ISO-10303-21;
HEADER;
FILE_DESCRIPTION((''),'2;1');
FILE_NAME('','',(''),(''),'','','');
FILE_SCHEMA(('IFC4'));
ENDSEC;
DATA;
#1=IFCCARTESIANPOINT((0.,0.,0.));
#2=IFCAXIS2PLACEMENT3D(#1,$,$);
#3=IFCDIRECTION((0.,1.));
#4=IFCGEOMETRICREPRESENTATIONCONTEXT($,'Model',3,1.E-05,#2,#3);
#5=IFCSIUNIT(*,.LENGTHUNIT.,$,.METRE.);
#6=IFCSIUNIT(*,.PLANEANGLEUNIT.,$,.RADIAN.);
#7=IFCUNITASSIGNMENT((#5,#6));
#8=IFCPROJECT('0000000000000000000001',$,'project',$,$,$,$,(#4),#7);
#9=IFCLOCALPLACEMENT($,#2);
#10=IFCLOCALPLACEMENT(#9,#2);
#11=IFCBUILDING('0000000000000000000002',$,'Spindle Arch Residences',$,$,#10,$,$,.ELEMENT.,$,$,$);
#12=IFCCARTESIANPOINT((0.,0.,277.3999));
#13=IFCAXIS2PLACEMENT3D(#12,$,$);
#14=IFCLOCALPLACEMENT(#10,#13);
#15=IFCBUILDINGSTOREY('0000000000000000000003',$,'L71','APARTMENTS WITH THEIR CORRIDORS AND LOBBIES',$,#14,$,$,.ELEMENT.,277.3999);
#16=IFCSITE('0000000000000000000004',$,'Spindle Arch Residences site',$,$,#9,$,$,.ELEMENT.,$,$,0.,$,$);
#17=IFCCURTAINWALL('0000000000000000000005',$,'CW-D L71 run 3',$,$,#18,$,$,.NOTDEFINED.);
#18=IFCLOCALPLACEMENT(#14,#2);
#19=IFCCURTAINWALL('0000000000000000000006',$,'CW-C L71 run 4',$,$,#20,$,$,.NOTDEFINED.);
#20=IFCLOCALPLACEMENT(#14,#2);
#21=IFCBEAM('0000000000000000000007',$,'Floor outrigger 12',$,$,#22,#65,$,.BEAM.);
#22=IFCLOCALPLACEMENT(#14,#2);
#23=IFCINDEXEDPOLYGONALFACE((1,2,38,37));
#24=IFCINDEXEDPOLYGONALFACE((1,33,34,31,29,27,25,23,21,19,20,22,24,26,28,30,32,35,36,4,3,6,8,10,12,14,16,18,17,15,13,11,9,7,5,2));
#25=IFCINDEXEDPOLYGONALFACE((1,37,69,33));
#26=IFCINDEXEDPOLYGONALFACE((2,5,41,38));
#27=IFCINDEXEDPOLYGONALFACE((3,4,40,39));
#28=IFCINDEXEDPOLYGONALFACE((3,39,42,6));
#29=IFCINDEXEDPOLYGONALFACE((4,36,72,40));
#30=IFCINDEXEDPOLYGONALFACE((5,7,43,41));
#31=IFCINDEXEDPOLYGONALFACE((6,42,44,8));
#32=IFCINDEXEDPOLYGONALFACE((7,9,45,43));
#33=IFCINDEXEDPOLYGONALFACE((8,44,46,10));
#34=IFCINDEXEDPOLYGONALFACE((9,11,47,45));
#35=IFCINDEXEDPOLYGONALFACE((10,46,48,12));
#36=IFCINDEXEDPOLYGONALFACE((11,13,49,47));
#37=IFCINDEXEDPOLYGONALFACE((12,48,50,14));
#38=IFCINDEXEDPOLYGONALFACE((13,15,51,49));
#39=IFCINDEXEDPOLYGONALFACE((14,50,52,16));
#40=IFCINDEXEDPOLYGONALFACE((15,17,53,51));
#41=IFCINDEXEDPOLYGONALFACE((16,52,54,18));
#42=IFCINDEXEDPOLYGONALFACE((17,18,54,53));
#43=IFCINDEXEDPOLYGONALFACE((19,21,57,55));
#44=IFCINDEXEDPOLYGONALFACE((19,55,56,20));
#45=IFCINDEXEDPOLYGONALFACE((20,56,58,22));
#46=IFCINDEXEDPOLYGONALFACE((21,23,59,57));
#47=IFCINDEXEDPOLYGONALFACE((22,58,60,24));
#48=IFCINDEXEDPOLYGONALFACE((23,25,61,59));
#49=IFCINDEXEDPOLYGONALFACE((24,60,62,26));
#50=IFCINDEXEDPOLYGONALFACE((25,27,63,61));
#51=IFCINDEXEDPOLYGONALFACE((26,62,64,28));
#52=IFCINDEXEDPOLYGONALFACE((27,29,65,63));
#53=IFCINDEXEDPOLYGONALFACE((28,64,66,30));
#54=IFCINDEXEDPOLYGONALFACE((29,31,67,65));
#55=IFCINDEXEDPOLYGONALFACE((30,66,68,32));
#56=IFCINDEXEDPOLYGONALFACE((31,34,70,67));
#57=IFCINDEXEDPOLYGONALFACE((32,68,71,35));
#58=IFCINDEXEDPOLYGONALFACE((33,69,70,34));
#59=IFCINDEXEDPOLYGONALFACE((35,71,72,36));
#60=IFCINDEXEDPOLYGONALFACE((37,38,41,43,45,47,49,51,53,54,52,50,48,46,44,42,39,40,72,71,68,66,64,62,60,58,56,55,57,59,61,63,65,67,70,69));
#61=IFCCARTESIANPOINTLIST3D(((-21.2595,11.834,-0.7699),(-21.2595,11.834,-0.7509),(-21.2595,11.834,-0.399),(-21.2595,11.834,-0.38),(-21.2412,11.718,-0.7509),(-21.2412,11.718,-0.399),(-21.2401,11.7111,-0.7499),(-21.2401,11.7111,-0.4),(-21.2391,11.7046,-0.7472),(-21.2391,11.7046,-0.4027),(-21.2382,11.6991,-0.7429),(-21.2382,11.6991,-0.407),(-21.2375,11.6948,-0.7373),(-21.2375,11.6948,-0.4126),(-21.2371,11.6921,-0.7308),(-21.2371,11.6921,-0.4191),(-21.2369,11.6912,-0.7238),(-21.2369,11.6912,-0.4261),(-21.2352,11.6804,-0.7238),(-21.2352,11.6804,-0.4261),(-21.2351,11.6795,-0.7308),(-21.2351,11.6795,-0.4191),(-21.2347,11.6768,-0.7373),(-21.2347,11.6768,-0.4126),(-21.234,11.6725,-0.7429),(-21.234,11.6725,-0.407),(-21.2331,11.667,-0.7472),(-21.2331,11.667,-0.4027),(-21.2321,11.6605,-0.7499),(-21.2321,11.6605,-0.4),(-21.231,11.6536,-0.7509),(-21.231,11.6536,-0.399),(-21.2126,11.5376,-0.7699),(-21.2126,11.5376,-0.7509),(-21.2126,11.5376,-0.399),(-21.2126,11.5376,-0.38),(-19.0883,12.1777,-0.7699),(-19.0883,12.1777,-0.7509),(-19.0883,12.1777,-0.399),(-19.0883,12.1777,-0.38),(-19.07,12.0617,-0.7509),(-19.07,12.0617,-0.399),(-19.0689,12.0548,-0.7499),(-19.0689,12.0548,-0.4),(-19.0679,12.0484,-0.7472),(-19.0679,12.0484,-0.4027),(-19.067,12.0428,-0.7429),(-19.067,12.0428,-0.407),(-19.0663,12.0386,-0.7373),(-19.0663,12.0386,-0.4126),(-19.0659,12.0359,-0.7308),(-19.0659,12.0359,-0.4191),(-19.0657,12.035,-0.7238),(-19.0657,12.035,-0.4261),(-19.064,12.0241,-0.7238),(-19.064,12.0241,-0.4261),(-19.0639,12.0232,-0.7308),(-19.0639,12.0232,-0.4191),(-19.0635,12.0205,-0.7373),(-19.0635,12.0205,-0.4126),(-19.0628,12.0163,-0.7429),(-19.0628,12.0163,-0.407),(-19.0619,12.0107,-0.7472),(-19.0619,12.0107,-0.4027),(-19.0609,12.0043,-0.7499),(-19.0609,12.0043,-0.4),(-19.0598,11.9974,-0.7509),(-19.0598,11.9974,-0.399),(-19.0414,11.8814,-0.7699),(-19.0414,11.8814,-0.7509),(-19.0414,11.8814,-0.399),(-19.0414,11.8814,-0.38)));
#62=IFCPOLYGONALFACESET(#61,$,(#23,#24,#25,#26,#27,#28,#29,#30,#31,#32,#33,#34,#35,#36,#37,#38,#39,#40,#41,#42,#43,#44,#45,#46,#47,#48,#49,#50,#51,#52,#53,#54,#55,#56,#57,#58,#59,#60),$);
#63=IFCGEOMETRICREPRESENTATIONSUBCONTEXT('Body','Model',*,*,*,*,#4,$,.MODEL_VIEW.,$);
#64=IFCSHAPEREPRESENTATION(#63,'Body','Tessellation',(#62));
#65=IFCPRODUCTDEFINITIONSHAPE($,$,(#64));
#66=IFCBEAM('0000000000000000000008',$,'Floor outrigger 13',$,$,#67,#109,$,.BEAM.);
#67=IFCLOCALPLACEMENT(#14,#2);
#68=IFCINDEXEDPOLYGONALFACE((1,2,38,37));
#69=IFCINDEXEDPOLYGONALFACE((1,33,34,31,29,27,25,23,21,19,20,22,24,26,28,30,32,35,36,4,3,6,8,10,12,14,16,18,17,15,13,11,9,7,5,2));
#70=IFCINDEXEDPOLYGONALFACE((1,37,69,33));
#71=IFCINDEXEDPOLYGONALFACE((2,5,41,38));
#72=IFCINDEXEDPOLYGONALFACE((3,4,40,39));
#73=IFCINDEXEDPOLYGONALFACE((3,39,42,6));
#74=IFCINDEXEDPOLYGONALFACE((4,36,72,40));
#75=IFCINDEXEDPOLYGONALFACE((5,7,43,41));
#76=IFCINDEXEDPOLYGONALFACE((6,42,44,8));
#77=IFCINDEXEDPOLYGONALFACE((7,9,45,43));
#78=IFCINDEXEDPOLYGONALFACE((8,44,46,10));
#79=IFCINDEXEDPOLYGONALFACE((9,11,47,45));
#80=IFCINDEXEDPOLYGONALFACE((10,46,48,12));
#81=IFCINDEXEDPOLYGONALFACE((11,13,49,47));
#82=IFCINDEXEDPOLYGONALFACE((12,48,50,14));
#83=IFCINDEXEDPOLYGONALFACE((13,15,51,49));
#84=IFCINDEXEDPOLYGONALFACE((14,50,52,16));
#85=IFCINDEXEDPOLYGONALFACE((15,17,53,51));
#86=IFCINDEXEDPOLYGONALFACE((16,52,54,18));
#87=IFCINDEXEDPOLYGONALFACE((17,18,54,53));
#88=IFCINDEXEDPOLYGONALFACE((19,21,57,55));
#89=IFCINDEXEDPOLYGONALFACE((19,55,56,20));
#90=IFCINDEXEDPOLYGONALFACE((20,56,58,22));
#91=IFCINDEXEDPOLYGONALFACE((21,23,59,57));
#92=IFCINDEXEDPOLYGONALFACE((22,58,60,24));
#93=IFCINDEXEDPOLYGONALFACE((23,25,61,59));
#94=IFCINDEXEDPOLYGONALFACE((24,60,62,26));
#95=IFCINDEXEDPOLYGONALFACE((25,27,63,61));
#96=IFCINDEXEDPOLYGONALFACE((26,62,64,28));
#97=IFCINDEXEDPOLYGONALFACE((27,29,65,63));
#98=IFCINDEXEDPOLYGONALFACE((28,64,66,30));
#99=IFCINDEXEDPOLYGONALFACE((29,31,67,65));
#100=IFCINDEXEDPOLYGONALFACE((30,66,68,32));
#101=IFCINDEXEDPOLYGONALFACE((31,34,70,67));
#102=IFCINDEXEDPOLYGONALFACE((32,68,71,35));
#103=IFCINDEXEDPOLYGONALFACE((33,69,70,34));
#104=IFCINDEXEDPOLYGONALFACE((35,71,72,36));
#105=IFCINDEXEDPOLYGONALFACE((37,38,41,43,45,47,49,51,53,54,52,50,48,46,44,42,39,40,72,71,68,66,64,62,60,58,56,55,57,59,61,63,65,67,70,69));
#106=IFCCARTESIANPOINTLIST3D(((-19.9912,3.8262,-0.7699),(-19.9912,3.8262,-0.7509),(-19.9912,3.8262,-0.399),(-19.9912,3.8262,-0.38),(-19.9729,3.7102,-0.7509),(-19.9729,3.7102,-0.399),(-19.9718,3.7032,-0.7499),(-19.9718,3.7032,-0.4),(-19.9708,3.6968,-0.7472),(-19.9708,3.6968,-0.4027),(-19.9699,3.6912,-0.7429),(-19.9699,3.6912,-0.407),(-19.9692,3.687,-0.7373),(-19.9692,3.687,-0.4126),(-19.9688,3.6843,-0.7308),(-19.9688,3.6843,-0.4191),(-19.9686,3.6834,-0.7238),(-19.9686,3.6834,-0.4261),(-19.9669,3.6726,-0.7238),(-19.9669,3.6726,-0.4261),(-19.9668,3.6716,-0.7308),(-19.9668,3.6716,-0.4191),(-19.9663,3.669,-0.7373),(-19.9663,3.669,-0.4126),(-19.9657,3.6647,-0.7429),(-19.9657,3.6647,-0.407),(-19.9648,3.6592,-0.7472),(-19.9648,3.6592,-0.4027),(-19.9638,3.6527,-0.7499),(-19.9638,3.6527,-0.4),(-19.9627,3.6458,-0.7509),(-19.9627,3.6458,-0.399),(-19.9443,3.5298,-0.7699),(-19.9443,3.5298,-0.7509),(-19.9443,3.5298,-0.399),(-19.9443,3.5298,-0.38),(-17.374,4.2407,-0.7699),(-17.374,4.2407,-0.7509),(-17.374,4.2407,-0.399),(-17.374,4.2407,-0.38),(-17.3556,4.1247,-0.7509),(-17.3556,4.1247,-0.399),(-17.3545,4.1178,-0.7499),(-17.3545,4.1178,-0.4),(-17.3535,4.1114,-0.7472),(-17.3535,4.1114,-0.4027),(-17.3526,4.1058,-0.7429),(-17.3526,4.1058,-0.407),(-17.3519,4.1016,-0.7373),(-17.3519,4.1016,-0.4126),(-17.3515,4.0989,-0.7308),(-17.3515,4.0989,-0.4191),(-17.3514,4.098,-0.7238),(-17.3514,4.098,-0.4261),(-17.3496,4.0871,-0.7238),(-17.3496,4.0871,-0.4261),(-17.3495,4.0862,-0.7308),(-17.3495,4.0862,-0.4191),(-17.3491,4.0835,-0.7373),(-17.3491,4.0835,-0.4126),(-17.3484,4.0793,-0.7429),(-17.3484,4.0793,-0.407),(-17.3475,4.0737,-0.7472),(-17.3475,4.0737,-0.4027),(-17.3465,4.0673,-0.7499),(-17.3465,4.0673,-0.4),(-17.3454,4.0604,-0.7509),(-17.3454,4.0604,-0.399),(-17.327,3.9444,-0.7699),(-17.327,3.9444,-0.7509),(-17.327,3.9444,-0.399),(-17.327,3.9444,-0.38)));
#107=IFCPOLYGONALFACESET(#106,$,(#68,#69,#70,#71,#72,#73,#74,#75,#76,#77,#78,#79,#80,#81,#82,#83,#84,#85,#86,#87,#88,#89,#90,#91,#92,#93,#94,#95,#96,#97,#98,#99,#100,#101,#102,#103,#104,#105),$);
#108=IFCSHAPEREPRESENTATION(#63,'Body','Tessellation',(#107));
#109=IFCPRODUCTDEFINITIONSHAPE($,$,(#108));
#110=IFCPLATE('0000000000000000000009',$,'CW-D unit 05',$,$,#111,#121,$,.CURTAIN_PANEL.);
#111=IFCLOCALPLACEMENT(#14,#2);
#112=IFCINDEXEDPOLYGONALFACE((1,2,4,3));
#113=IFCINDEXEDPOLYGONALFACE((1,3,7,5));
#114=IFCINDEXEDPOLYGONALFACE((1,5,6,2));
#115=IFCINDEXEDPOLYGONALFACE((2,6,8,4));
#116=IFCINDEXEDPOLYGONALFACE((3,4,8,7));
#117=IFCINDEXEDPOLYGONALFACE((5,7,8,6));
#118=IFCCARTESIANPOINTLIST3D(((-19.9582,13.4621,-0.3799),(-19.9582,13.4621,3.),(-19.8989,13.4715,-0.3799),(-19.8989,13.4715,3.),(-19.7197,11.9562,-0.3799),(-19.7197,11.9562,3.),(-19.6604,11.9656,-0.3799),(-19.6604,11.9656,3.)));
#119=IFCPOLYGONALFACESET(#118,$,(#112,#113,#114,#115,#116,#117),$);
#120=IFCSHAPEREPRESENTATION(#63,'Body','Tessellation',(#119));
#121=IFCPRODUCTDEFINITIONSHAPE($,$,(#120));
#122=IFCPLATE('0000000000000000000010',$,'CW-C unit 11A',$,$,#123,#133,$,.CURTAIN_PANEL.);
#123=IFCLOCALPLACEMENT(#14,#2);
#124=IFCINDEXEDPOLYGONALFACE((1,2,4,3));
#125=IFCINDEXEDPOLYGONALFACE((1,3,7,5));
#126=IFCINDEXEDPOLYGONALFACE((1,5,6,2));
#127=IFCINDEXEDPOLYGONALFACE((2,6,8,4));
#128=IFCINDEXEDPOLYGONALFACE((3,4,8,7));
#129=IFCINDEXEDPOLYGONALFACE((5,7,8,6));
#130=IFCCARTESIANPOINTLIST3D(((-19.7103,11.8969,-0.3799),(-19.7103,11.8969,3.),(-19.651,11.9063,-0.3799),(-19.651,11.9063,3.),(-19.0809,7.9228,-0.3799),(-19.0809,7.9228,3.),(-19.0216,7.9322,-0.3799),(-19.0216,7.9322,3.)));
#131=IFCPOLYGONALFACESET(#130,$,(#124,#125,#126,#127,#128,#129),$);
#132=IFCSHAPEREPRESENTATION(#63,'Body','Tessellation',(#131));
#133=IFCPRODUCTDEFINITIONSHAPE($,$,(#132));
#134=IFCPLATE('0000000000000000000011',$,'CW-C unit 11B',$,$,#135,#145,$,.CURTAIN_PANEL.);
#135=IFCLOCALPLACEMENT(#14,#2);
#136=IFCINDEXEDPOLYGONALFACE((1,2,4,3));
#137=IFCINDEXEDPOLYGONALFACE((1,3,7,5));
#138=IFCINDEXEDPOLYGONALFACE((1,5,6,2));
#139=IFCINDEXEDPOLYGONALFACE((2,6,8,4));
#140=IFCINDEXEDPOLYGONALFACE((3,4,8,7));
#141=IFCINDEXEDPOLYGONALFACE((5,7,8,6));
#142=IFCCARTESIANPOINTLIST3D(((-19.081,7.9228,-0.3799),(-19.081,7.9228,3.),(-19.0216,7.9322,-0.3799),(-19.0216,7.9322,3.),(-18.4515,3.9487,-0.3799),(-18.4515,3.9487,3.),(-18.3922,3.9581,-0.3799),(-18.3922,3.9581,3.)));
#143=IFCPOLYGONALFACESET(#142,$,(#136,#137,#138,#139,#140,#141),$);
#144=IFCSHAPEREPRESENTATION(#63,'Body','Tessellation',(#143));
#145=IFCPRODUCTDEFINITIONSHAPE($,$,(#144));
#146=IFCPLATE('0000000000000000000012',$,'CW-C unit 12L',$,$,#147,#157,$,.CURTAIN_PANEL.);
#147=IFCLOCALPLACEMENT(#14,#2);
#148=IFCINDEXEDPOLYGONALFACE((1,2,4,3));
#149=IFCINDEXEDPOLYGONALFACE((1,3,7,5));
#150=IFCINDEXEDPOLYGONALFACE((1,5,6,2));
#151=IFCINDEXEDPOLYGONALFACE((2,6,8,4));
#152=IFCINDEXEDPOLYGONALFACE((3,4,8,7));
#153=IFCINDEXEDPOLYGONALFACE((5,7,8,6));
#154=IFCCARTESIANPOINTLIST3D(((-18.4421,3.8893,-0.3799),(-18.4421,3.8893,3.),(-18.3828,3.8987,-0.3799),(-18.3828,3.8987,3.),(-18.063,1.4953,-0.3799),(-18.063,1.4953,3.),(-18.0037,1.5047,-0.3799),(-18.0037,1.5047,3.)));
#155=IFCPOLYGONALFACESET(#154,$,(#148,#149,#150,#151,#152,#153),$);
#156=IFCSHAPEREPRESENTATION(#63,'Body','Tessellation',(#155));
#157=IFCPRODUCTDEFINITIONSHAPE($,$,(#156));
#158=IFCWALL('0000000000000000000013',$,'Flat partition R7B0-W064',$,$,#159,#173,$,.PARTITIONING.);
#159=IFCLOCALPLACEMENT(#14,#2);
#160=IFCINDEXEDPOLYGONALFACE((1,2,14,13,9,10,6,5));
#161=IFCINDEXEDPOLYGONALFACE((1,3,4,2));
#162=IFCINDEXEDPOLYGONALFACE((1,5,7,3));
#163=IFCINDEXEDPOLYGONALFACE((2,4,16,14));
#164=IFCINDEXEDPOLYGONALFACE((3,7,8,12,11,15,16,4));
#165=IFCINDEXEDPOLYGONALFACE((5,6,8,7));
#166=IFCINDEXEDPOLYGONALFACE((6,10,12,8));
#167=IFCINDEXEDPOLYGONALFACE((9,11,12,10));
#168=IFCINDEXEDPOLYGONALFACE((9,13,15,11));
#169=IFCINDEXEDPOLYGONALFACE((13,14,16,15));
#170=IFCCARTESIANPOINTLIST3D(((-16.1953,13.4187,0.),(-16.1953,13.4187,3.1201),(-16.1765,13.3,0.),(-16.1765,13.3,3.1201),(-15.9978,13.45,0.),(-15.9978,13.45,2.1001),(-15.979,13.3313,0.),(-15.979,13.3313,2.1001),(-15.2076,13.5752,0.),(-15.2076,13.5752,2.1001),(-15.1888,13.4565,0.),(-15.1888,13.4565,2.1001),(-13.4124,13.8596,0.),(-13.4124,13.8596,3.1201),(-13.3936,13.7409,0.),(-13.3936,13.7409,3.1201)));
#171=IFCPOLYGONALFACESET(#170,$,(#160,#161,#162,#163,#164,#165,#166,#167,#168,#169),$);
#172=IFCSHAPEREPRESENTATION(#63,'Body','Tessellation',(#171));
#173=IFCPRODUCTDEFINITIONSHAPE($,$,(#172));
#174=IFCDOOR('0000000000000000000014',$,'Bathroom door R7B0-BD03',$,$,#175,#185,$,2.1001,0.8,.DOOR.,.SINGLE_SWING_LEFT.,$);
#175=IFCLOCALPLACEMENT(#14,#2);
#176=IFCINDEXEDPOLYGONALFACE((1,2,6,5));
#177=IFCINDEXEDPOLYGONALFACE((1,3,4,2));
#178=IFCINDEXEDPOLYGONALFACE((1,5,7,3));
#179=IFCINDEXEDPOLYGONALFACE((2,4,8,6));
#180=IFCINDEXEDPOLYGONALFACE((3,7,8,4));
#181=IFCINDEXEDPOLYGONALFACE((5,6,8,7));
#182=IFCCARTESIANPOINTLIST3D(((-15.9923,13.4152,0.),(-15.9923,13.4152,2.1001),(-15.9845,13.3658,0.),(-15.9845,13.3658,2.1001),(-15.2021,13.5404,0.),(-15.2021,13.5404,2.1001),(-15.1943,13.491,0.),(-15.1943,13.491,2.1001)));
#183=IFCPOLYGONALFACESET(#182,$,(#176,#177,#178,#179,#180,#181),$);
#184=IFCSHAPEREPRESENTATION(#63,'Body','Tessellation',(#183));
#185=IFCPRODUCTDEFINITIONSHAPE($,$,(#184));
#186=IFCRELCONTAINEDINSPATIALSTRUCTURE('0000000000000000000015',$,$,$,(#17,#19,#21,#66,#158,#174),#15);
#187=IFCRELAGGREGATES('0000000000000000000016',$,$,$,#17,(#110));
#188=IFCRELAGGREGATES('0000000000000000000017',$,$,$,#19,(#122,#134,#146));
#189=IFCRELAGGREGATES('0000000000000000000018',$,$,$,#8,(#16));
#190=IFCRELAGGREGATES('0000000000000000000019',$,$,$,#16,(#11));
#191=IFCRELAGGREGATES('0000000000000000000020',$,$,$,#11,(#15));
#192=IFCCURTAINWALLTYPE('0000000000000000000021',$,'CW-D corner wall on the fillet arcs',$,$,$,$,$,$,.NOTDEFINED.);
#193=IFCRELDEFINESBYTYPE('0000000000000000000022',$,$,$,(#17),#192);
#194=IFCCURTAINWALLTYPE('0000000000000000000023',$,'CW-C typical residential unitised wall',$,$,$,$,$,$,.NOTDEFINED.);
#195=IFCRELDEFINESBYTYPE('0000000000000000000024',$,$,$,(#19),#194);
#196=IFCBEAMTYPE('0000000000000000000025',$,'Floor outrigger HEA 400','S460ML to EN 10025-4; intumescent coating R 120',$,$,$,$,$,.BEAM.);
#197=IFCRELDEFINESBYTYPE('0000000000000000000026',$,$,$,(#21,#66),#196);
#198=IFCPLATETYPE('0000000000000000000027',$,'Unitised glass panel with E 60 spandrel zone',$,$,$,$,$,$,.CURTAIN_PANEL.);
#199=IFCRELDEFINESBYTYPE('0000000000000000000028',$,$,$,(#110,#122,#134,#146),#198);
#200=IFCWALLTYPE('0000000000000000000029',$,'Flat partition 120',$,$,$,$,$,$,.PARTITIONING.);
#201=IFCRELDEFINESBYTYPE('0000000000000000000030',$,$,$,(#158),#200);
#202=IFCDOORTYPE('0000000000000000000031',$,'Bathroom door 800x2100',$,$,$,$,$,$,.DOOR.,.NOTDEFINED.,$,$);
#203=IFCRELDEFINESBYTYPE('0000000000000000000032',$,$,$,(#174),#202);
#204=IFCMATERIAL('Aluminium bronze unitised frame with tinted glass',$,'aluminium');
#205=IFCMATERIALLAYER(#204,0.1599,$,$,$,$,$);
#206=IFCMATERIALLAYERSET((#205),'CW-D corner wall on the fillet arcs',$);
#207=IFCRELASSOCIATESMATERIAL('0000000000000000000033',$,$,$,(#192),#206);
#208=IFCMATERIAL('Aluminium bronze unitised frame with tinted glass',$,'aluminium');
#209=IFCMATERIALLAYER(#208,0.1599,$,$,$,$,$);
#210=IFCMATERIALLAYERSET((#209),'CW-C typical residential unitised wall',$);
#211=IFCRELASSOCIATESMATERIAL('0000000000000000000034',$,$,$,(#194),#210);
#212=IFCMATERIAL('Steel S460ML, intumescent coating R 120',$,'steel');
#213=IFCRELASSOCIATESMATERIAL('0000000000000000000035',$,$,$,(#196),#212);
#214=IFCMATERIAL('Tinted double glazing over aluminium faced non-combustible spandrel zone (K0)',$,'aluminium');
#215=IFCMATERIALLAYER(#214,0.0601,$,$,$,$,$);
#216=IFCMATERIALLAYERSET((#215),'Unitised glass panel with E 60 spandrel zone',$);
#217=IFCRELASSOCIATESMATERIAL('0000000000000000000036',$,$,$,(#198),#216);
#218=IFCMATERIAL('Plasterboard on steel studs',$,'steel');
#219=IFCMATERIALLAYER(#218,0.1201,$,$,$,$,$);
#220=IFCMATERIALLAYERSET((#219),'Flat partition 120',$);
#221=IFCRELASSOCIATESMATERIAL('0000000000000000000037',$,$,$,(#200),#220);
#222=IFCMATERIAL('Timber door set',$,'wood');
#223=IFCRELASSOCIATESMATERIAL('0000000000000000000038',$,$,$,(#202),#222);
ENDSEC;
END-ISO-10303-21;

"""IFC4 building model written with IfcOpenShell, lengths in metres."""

from ifc_helpers import new_model, si_unit, direction, frame, frame_2d, origin, origin_2d, place, context, subcontext, project, spatial, rectangle, i_section, extrude, material, layer, layer_set, material_profile, profile_set, type_object, element, fill, aggregate, save


model = new_model("IFC4")

# Units and contexts
model_context = context("Model", 3, precision=1e-05, world=origin(), true_north=direction((0.0, 1.0)))
body_context = subcontext(model_context, "Body", "Model", "MODEL_VIEW")
ifc_project = project(units=[si_unit("LENGTHUNIT", "METRE"), si_unit("PLANEANGLEUNIT", "RADIAN")], contexts=[model_context])

# Site, building, storey
site_placement = place(None, origin())
site = spatial("IfcSite", under=ifc_project, at=site_placement, Name="Spindle Arch Residences site", CompositionType="ELEMENT", RefElevation=0.0)
building_placement = place(site_placement, origin())
building = spatial("IfcBuilding", under=site, at=building_placement, Name="Spindle Arch Residences", CompositionType="ELEMENT")
storey_placement = place(building_placement, frame((0.0, 0.0, 277.3999)))
storey = spatial("IfcBuildingStorey", under=building, at=storey_placement, Name="L71", Description="APARTMENTS WITH THEIR CORRIDORS AND LOBBIES", CompositionType="ELEMENT", Elevation=277.3999)

# Curtain wall
ifc_material_1 = material(Name="Aluminium bronze unitised frame with tinted glass", Category="aluminium")
ifc_layer_1 = layer(ifc_material_1, 0.1599)
ifc_layer_set_1 = layer_set([ifc_layer_1], Name="CW-D corner wall on the fillet arcs")
curtain_wall_type_1 = type_object("IfcCurtainWallType", Name="CW-D corner wall on the fillet arcs", PredefinedType="NOTDEFINED", material=ifc_layer_set_1)
curtain_wall_1_placement = place(storey_placement, origin())
curtain_wall_1 = element("IfcCurtainWall", 1, at=curtain_wall_1_placement, inside=storey, type_object=curtain_wall_type_1, Name="CW-D L71 run 3", PredefinedType="NOTDEFINED")

# Curtain wall
ifc_material_2 = material(Name="Aluminium bronze unitised frame with tinted glass", Category="aluminium")
ifc_layer_2 = layer(ifc_material_2, 0.1599)
ifc_layer_set_2 = layer_set([ifc_layer_2], Name="CW-C typical residential unitised wall")
curtain_wall_type_2 = type_object("IfcCurtainWallType", Name="CW-C typical residential unitised wall", PredefinedType="NOTDEFINED", material=ifc_layer_set_2)
curtain_wall_2_placement = place(storey_placement, origin())
curtain_wall_2 = element("IfcCurtainWall", 2, at=curtain_wall_2_placement, inside=storey, type_object=curtain_wall_type_2, Name="CW-C L71 run 4", PredefinedType="NOTDEFINED")

# Beams
ifc_material_3 = material(Name="Steel S460ML, intumescent coating R 120", Category="steel")
ifc_material_profile_1 = material_profile(ifc_material_3, i_section(OverallWidth=0.3, OverallDepth=0.3899, WebThickness=0.011, FlangeThickness=0.019, FilletRadius=0.0271, at=origin_2d()), Name="HEA 400")
ifc_profile_set_1 = profile_set([ifc_material_profile_1], Name="Steel S460ML, intumescent coating R 120")
beam_type_1 = type_object("IfcBeamType", Name="Floor outrigger HEA 400", Description="S460ML to EN 10025-4; intumescent coating R 120", PredefinedType="BEAM", material=ifc_profile_set_1)
beam_1_placement = place(storey_placement, frame((-21.2361, 11.6858, -0.575), z_axis=(0.987697, 0.156379, 0.0), x_axis=(-0.156379, 0.987697, 0.0)))
element("IfcBeam", 3, at=beam_1_placement, inside=storey, type_object=beam_type_1, Name="Floor outrigger 12", PredefinedType="BEAM", context=body_context, shape_type="SweptSolid", body=[
    extrude(i_section(OverallWidth=0.3, OverallDepth=0.3899, WebThickness=0.011, FlangeThickness=0.019, FilletRadius=0.0271, at=origin_2d()), origin(), (0.0, 0.0, 1.0), 2.1982),
])
beam_2_placement = place(storey_placement, frame((-19.9678, 3.678, -0.575), z_axis=(0.987687, 0.156445, 0.0), x_axis=(-0.156445, 0.987687, 0.0)))
element("IfcBeam", 4, at=beam_2_placement, inside=storey, type_object=beam_type_1, Name="Floor outrigger 13", PredefinedType="BEAM", context=body_context, shape_type="SweptSolid", body=[
    extrude(i_section(OverallWidth=0.3, OverallDepth=0.3899, WebThickness=0.011, FlangeThickness=0.019, FilletRadius=0.0271, at=origin_2d()), origin(), (0.0, 0.0, 1.0), 2.6499),
])

# Plates
ifc_material_4 = material(Name="Tinted double glazing over aluminium faced non-combustible spandrel zone (K0)", Category="aluminium")
ifc_layer_3 = layer(ifc_material_4, 0.0601)
ifc_layer_set_3 = layer_set([ifc_layer_3], Name="Unitised glass panel with E 60 spandrel zone")
plate_type = type_object("IfcPlateType", Name="Unitised glass panel with E 60 spandrel zone", PredefinedType="CURTAIN_PANEL", material=ifc_layer_set_3)
plate_1_placement = place(storey_placement, frame((-19.8093, 12.7139, -0.3799), z_axis=(0.0, 0.0, 1.0), x_axis=(0.156434, -0.987688, 0.0)))
plate_1 = element("IfcPlate", 5, at=plate_1_placement, type_object=plate_type, Name="CW-D unit 05", PredefinedType="CURTAIN_PANEL", context=body_context, shape_type="SweptSolid", body=[
    extrude(rectangle(XDim=1.5247, YDim=0.0601, at=origin_2d()), origin(), (0.0, 0.0, 1.0), 3.3799),
])
aggregate(curtain_wall_1, [plate_1])
plate_2_placement = place(storey_placement, frame((-19.366, 9.9146, -0.3799), z_axis=(0.0, 0.0, 1.0), x_axis=(0.156434, -0.987688, 0.0)))
plate_2 = element("IfcPlate", 6, at=plate_2_placement, type_object=plate_type, Name="CW-C unit 11A", PredefinedType="CURTAIN_PANEL", context=body_context, shape_type="SweptSolid", body=[
    extrude(rectangle(XDim=4.0237, YDim=0.0601, at=origin_2d()), origin(), (0.0, 0.0, 1.0), 3.3799),
])
plate_3_placement = place(storey_placement, frame((-18.7366, 5.9404, -0.3799), z_axis=(0.0, 0.0, 1.0), x_axis=(0.156434, -0.987688, 0.0)))
plate_3 = element("IfcPlate", 7, at=plate_3_placement, type_object=plate_type, Name="CW-C unit 11B", PredefinedType="CURTAIN_PANEL", context=body_context, shape_type="SweptSolid", body=[
    extrude(rectangle(XDim=4.0237, YDim=0.0601, at=origin_2d()), origin(), (0.0, 0.0, 1.0), 3.3799),
])
plate_4_placement = place(storey_placement, frame((-18.2229, 2.697, -0.3799), z_axis=(0.0, 0.0, 1.0), x_axis=(0.156434, -0.987688, 0.0)))
plate_4 = element("IfcPlate", 8, at=plate_4_placement, type_object=plate_type, Name="CW-C unit 12L", PredefinedType="CURTAIN_PANEL", context=body_context, shape_type="SweptSolid", body=[
    extrude(rectangle(XDim=2.4238, YDim=0.0601, at=origin_2d()), origin(), (0.0, 0.0, 1.0), 3.3799),
])
aggregate(curtain_wall_2, [plate_2, plate_3, plate_4])

# Wall, opening, door
ifc_material_5 = material(Name="Plasterboard on steel studs", Category="steel")
ifc_layer_4 = layer(ifc_material_5, 0.1201)
ifc_layer_set_4 = layer_set([ifc_layer_4], Name="Flat partition 120")
wall_type_1 = type_object("IfcWallType", Name="Flat partition 120", PredefinedType="PARTITIONING", material=ifc_layer_set_4)
wall_1_placement = place(storey_placement, frame((-16.1858, 13.3594, 0.0), z_axis=(0.0, 0.0, 1.0), x_axis=(0.987681, 0.156483, 0.0)))
wall_1 = element("IfcWall", 9, at=wall_1_placement, inside=storey, type_object=wall_type_1, Name="Flat partition R7B0-W064", PredefinedType="PARTITIONING", context=body_context, shape_type="SweptSolid", body=[
    extrude(rectangle(XDim=2.8176, YDim=0.1201, at=frame_2d((1.4087, 0.0))), origin(), (0.0, 0.0, 1.0), 3.1201),
])
opening_1_placement = place(wall_1_placement, frame((0.2, 0.0, 0.0)))
opening_1 = element("IfcOpeningElement", 10, at=opening_1_placement, cuts=wall_1, PredefinedType="OPENING", context=body_context, shape_type="SweptSolid", body=[
    extrude(rectangle(XDim=0.8, YDim=2.1001, at=frame_2d((0.3999, 1.05))), frame((0.0, 0.0701, 0.0), z_axis=(0.0, -1.0, 0.0), x_axis=(1.0, 0.0, 0.0)), (0.0, 0.0, 1.0), 0.1401),
])
ifc_material_6 = material(Name="Timber door set", Category="wood")
door_type_1 = type_object("IfcDoorType", Name="Bathroom door 800x2100", OperationType="NOTDEFINED", PredefinedType="DOOR", material=ifc_material_6)
door_1_placement = place(opening_1_placement, origin())
door_1 = element("IfcDoor", 11, at=door_1_placement, inside=storey, type_object=door_type_1, Name="Bathroom door R7B0-BD03", OperationType="SINGLE_SWING_LEFT", OverallHeight=2.1001, OverallWidth=0.8, PredefinedType="DOOR", context=body_context, shape_type="SweptSolid", body=[
    extrude(rectangle(XDim=0.8, YDim=2.1001, at=frame_2d((0.3999, 1.05))), frame((0.0, 0.0249, 0.0), z_axis=(0.0, -1.0, 0.0), x_axis=(1.0, 0.0, 0.0)), (0.0, 0.0, 1.0), 0.05),
])
fill(opening_1, door_1)

save(model, "model.ifc")
